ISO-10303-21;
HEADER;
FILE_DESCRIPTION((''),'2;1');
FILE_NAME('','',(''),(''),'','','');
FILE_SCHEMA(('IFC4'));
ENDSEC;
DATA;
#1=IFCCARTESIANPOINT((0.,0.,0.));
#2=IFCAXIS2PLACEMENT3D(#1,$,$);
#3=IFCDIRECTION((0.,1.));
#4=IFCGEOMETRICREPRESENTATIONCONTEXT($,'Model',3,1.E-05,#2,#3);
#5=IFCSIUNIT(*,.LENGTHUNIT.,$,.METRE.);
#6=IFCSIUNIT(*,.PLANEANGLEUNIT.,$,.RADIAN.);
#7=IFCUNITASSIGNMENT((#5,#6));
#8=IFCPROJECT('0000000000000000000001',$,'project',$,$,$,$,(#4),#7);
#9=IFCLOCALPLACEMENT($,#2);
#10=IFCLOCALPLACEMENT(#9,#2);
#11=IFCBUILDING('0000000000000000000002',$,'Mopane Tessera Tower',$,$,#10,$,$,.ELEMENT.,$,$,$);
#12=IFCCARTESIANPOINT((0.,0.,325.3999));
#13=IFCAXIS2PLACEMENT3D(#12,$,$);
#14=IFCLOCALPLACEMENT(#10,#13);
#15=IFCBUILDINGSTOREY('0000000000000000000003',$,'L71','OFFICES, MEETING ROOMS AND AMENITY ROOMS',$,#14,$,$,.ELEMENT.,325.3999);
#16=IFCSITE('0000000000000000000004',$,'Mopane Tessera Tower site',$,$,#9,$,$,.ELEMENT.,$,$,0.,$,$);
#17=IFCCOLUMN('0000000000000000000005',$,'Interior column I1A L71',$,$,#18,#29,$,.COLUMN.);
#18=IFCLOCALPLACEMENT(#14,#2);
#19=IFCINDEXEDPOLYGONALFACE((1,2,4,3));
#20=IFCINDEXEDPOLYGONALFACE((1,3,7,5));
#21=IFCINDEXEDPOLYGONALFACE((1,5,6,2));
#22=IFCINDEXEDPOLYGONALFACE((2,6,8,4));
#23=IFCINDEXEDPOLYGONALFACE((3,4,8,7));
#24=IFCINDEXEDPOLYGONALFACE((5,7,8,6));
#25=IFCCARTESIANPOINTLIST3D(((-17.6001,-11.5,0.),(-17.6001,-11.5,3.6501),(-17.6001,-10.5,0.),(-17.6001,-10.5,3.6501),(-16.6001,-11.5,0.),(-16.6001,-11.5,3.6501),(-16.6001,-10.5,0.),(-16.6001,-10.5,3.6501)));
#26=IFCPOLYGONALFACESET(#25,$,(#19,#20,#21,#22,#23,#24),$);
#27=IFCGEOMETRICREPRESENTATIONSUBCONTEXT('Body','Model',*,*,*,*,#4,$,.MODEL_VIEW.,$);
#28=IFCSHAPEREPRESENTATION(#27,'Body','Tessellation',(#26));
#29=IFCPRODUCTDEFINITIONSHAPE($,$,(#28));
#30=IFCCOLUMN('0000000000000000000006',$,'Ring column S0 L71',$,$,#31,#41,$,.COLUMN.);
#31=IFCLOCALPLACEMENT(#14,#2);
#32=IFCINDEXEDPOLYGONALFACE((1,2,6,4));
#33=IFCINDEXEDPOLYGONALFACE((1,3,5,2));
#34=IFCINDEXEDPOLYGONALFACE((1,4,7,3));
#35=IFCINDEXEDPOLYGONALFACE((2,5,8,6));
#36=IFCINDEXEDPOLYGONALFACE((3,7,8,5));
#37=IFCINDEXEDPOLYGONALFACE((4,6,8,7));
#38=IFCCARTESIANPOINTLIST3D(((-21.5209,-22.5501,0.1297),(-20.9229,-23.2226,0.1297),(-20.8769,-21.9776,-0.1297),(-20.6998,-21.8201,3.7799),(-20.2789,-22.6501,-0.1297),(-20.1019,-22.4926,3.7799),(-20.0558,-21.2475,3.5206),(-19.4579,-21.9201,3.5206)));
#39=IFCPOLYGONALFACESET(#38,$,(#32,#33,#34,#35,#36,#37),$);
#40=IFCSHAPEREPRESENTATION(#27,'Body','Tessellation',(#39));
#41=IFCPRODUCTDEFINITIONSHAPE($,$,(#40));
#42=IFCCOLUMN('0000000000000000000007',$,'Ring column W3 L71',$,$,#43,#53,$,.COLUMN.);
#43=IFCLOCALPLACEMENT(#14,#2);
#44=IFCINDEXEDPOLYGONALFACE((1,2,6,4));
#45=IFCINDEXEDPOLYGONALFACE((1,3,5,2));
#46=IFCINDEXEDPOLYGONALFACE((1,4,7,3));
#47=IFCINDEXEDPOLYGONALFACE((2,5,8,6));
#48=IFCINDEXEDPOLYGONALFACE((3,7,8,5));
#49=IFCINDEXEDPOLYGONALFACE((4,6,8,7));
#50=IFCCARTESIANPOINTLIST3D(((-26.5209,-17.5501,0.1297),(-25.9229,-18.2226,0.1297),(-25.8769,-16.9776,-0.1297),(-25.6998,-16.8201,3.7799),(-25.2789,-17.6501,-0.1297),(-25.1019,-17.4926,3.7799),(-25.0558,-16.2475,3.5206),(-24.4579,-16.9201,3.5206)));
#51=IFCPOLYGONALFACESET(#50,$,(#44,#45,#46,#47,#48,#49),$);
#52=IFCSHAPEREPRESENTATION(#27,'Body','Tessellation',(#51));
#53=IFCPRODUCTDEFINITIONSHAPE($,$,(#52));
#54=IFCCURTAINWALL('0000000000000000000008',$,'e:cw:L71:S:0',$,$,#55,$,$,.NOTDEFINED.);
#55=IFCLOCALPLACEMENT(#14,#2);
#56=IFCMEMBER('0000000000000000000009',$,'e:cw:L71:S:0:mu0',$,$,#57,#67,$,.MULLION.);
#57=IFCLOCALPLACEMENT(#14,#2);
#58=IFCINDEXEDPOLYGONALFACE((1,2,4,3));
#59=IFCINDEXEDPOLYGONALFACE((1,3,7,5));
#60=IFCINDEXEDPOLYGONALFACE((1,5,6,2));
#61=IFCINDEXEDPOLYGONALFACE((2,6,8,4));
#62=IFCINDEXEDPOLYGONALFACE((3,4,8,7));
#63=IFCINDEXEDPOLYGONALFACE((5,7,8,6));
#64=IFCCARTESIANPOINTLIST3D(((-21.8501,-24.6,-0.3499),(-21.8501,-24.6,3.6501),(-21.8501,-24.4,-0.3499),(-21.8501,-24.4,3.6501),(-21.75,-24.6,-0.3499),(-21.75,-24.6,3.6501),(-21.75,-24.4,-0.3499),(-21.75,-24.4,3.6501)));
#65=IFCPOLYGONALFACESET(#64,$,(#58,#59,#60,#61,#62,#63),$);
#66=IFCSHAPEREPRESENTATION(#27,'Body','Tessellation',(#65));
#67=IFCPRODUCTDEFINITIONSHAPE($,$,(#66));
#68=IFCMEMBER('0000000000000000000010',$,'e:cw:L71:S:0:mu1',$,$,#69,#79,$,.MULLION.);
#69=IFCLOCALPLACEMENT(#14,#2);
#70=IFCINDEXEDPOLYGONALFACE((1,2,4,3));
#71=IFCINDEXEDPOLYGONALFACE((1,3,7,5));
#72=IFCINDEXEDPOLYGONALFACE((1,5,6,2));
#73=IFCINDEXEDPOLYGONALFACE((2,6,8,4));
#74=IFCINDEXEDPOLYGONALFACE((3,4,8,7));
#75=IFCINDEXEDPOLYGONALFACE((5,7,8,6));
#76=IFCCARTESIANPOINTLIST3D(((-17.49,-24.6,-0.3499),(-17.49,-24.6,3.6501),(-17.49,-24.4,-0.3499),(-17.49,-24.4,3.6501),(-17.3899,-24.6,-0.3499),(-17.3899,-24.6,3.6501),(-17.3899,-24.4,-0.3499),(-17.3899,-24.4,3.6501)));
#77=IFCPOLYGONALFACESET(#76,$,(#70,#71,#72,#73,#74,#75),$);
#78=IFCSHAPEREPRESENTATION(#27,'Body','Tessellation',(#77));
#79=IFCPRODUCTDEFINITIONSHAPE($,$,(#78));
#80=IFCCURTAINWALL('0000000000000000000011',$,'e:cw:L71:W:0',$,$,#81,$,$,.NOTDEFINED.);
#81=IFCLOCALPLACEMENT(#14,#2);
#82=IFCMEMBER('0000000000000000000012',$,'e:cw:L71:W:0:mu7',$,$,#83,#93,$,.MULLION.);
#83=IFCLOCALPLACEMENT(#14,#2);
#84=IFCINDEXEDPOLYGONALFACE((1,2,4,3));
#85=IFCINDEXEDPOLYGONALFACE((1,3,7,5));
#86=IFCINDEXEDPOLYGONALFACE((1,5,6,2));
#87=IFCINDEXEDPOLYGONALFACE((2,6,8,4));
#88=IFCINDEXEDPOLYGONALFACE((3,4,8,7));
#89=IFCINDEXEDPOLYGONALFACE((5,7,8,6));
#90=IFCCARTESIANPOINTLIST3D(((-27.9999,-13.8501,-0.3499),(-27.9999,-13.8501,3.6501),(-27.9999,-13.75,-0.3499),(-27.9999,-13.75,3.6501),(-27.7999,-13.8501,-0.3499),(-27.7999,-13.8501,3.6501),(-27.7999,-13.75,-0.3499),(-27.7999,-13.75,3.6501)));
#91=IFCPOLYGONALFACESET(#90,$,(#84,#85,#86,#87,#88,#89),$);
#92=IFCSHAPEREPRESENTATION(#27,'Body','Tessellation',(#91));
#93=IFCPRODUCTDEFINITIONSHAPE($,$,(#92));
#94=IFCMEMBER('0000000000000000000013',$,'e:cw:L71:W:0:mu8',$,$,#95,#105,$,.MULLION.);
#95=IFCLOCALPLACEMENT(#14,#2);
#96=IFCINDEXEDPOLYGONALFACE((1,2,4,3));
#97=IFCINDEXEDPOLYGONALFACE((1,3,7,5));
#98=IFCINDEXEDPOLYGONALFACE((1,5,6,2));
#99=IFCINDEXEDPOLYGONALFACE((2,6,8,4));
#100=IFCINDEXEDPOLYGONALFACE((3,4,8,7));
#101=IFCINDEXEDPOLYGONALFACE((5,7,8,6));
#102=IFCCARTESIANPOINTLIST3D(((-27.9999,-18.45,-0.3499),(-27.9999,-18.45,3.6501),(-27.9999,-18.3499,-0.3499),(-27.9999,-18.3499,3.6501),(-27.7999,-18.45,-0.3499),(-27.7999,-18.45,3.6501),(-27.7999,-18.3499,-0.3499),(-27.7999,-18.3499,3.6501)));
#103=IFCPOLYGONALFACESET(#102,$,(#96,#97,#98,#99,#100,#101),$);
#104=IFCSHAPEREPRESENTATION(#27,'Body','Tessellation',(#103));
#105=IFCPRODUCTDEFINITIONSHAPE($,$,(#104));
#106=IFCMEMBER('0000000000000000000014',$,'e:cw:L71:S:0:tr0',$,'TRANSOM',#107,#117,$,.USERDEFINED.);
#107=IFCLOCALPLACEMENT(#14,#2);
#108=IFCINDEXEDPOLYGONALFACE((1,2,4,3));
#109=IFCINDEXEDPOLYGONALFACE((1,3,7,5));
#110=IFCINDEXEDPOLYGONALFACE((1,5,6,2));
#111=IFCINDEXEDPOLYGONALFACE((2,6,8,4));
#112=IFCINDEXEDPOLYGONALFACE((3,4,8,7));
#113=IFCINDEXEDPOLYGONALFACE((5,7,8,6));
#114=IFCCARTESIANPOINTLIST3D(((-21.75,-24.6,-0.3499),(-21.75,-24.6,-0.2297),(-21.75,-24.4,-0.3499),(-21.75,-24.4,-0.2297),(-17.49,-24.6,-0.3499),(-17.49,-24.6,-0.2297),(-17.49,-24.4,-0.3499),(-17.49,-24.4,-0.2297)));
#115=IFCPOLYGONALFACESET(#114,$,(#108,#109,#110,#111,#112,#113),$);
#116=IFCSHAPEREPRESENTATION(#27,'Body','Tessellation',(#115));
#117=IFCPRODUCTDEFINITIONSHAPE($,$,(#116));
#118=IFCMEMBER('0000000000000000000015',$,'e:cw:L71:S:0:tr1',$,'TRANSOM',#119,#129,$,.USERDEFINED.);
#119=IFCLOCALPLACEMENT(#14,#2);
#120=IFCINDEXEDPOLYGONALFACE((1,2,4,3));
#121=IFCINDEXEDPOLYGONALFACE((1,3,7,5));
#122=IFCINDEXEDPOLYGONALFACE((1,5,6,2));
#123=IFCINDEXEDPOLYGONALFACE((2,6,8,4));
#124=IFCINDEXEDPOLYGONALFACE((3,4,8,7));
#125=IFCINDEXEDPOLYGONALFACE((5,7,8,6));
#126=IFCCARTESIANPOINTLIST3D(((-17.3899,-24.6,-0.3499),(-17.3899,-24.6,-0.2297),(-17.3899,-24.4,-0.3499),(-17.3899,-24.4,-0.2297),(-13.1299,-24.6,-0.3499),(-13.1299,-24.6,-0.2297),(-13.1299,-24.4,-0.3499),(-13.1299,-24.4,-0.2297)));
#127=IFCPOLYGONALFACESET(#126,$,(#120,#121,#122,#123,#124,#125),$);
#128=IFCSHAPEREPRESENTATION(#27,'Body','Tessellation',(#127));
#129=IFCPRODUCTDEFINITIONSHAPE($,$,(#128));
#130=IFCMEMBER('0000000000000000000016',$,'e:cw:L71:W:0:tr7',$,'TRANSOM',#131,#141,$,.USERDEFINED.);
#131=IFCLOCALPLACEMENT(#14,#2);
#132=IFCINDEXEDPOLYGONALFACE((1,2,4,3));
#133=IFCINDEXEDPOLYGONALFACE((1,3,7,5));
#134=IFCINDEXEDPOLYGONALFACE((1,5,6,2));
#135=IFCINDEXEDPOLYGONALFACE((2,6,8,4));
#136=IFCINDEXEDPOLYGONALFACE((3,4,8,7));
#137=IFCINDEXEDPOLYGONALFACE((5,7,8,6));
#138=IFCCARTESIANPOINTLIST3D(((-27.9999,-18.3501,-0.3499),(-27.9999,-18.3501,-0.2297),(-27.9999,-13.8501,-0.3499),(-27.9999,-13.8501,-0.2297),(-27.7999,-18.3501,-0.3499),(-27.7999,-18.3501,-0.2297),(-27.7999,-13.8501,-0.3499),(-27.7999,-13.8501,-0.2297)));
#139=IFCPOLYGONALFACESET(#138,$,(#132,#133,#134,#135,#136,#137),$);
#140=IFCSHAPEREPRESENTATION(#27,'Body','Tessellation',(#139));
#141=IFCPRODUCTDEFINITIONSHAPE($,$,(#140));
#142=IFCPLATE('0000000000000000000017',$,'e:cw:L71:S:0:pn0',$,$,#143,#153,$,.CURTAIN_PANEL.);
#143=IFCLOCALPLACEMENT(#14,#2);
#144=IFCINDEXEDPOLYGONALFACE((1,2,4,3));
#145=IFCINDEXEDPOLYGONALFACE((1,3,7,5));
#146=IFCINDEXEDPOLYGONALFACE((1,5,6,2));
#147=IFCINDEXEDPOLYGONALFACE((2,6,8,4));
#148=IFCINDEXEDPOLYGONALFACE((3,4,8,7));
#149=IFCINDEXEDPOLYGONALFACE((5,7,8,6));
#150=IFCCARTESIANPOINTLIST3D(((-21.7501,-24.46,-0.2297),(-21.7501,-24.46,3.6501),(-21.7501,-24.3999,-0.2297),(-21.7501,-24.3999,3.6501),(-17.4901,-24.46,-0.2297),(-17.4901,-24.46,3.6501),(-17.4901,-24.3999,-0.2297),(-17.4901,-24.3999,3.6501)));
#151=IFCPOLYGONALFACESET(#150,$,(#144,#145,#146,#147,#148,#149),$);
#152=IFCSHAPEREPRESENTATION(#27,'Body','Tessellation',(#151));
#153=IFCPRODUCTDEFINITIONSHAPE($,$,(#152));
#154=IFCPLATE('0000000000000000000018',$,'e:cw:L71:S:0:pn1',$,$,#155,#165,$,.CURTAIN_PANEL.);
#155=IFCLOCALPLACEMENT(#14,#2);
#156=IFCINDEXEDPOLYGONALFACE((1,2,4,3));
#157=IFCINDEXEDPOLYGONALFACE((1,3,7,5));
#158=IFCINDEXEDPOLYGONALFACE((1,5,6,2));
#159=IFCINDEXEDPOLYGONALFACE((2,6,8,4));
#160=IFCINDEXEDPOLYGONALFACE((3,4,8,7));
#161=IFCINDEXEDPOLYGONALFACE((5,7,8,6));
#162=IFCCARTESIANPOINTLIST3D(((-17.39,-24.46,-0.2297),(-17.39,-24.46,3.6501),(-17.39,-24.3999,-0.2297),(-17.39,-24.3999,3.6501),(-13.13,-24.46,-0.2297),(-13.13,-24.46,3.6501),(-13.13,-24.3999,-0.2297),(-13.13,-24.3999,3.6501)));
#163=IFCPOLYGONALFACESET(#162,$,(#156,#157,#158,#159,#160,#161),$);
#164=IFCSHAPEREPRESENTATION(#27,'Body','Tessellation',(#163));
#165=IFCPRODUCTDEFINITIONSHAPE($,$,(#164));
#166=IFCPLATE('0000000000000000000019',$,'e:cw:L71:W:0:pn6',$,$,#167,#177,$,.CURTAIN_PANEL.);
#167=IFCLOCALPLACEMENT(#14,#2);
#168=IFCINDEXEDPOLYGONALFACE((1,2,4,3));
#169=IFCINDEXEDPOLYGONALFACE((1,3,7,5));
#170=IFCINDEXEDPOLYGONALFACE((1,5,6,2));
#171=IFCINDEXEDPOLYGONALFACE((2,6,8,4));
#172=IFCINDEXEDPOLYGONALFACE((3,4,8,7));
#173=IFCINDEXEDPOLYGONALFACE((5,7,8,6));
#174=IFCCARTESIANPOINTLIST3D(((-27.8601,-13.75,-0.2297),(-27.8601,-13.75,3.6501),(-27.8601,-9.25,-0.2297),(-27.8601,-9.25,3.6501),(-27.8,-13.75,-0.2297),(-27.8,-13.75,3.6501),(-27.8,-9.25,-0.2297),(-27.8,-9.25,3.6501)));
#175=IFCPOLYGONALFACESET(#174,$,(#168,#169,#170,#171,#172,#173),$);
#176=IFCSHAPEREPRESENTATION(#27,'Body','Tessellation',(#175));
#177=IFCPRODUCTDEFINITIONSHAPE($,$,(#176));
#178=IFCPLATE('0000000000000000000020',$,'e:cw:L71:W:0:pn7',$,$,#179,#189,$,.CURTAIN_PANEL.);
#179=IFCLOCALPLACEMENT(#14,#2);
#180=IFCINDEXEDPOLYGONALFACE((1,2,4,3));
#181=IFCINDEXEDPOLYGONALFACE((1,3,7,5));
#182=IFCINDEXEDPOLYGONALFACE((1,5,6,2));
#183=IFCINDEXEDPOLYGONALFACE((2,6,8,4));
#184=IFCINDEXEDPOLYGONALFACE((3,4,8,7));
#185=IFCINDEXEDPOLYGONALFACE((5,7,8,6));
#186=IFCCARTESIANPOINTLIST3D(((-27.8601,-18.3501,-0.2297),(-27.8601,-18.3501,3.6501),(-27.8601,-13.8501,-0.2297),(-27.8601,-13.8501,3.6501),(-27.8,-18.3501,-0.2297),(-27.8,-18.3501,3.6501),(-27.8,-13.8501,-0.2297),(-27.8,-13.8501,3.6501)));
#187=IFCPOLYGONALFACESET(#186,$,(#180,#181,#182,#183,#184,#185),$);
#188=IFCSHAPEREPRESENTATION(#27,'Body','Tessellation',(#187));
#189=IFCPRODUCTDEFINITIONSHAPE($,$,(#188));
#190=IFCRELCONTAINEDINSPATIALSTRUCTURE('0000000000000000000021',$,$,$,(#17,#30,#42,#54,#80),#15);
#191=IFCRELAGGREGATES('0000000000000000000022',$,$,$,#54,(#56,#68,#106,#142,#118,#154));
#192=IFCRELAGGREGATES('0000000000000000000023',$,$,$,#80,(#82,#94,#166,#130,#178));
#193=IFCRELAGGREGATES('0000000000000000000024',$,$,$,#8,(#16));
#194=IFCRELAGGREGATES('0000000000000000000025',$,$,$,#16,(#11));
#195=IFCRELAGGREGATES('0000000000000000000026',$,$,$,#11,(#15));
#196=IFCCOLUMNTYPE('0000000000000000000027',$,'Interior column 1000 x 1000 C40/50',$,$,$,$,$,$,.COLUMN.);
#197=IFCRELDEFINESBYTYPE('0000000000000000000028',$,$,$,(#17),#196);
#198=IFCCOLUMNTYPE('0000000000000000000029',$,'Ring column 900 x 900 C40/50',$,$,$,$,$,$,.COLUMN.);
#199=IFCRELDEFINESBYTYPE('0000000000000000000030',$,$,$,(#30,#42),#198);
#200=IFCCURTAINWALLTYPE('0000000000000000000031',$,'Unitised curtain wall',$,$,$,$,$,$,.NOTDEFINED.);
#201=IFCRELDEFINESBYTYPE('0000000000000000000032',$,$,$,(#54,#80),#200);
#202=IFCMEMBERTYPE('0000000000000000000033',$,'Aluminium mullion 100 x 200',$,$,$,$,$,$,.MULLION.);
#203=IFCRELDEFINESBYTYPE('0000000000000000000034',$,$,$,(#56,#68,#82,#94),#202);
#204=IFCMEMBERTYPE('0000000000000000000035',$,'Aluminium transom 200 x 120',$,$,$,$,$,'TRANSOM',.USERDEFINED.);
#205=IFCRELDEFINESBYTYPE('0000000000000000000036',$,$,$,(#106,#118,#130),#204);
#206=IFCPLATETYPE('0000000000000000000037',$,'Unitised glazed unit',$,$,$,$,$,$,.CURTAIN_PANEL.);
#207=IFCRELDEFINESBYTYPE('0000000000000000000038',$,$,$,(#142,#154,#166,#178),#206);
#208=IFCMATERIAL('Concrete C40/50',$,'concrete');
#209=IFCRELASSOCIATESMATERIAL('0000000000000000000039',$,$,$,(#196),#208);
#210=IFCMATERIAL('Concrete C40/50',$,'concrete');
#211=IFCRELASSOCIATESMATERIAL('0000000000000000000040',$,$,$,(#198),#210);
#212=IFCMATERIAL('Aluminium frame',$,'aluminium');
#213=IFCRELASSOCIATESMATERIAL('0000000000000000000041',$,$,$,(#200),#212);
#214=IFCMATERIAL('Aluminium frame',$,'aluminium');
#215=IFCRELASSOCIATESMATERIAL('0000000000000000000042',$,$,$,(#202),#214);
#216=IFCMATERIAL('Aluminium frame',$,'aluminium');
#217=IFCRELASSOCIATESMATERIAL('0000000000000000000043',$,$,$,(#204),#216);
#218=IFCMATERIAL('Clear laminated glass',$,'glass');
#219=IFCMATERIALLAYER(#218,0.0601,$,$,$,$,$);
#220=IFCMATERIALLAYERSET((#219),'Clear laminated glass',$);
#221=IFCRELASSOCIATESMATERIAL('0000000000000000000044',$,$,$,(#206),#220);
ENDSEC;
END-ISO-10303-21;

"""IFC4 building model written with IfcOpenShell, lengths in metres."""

from ifc_helpers import new_model, si_unit, direction, frame, origin, origin_2d, place, context, subcontext, project, spatial, rectangle, extrude, material, layer, layer_set, material_profile, profile_set, type_object, element, aggregate, save


model = new_model("IFC4")

# Units and contexts
model_context = context("Model", 3, precision=1e-05, world=origin(), true_north=direction((0.0, 1.0)))
body_context = subcontext(model_context, "Body", "Model", "MODEL_VIEW")
ifc_project = project(units=[si_unit("LENGTHUNIT", "METRE"), si_unit("PLANEANGLEUNIT", "RADIAN")], contexts=[model_context])

# Site, building, storey
site_placement = place(None, origin())
site = spatial("IfcSite", under=ifc_project, at=site_placement, Name="Mopane Tessera Tower site", CompositionType="ELEMENT", RefElevation=0.0)
building_placement = place(site_placement, origin())
building = spatial("IfcBuilding", under=site, at=building_placement, Name="Mopane Tessera Tower", CompositionType="ELEMENT")
storey_placement = place(building_placement, frame((0.0, 0.0, 325.3999)))
storey = spatial("IfcBuildingStorey", under=building, at=storey_placement, Name="L71", Description="OFFICES, MEETING ROOMS AND AMENITY ROOMS", CompositionType="ELEMENT", Elevation=325.3999)

# Columns
ifc_material_1 = material(Name="Concrete C40/50", Category="concrete")
ifc_material_profile_1 = material_profile(ifc_material_1, rectangle(XDim=1.0, YDim=1.0, at=origin_2d()))
ifc_profile_set_1 = profile_set([ifc_material_profile_1], Name="Concrete C40/50")
column_type_1 = type_object("IfcColumnType", Name="Interior column 1000 x 1000 C40/50", PredefinedType="COLUMN", material=ifc_profile_set_1)
column_placement = place(storey_placement, frame((-17.1001, -11.0, 0.0), z_axis=(0.0, 0.0, 1.0), x_axis=(1.0, 0.0, 0.0)))
element("IfcColumn", 1, at=column_placement, inside=storey, type_object=column_type_1, Name="Interior column I1A L71", PredefinedType="COLUMN", context=body_context, shape_type="SweptSolid", body=[
    extrude(rectangle(XDim=1.0, YDim=1.0, at=origin_2d()), origin(), (0.0, 0.0, 1.0), 3.6501),
])
ifc_material_2 = material(Name="Concrete C40/50", Category="concrete")
ifc_material_profile_2 = material_profile(ifc_material_2, rectangle(XDim=0.8999, YDim=0.8999, at=origin_2d()))
ifc_profile_set_2 = profile_set([ifc_material_profile_2], Name="Concrete C40/50")
column_type_2 = type_object("IfcColumnType", Name="Ring column 900 x 900 C40/50", PredefinedType="COLUMN", material=ifc_profile_set_2)
for number, where, z_axis, x_axis, name in (
    (2, (-20.8999, -22.6001, 0.0), (0.21539, 0.191501, 0.957567), (-0.664447, 0.747336, 0.0), "Ring column S0 L71"),
    (3, (-25.8999, -17.6001, 0.0), (0.21539, 0.191501, 0.957567), (-0.664447, 0.747336, 0.0), "Ring column W3 L71"),
):
    element("IfcColumn", number, at=place(storey_placement, frame(where, z_axis=z_axis, x_axis=x_axis)), inside=storey, type_object=column_type_2, Name=name, PredefinedType="COLUMN", context=body_context, shape_type="SweptSolid", body=[
        extrude(rectangle(XDim=0.8999, YDim=0.8999, at=origin_2d()), origin(), (0.0, 0.0, 1.0), 3.812),
    ])

# Curtain walls, members
ifc_material_3 = material(Name="Aluminium frame", Category="aluminium")
curtain_wall_type = type_object("IfcCurtainWallType", Name="Unitised curtain wall", PredefinedType="NOTDEFINED", material=ifc_material_3)
curtain_wall_1_placement = place(storey_placement, origin())
curtain_wall_1 = element("IfcCurtainWall", 4, at=curtain_wall_1_placement, inside=storey, type_object=curtain_wall_type, Name="e:cw:L71:S:0", PredefinedType="NOTDEFINED")
ifc_material_4 = material(Name="Aluminium frame", Category="aluminium")
ifc_material_profile_3 = material_profile(ifc_material_4, rectangle(XDim=0.1001, YDim=0.2, at=origin_2d()))
ifc_profile_set_3 = profile_set([ifc_material_profile_3], Name="Aluminium frame")
member_type_1 = type_object("IfcMemberType", Name="Aluminium mullion 100 x 200", PredefinedType="MULLION", material=ifc_profile_set_3)
member_1_placement = place(storey_placement, frame((-21.8, -24.5, -0.3499), z_axis=(0.0, 0.0, 1.0), x_axis=(1.0, 0.0, 0.0)))
member_1 = element("IfcMember", 5, at=member_1_placement, type_object=member_type_1, Name="e:cw:L71:S:0:mu0", PredefinedType="MULLION", context=body_context, shape_type="SweptSolid", body=[
    extrude(rectangle(XDim=0.1001, YDim=0.2, at=origin_2d()), origin(), (0.0, 0.0, 1.0), 4.0),
])
member_2_placement = place(storey_placement, frame((-17.4399, -24.5, -0.3499), z_axis=(0.0, 0.0, 1.0), x_axis=(1.0, 0.0, 0.0)))
member_2 = element("IfcMember", 6, at=member_2_placement, type_object=member_type_1, Name="e:cw:L71:S:0:mu1", PredefinedType="MULLION", context=body_context, shape_type="SweptSolid", body=[
    extrude(rectangle(XDim=0.1001, YDim=0.2, at=origin_2d()), origin(), (0.0, 0.0, 1.0), 4.0),
])
curtain_wall_2_placement = place(storey_placement, origin())
curtain_wall_2 = element("IfcCurtainWall", 7, at=curtain_wall_2_placement, inside=storey, type_object=curtain_wall_type, Name="e:cw:L71:W:0", PredefinedType="NOTDEFINED")
member_3_placement = place(storey_placement, frame((-27.8999, -13.8, -0.3499), z_axis=(0.0, 0.0, 1.0), x_axis=(0.0, -1.0, 0.0)))
member_3 = element("IfcMember", 8, at=member_3_placement, type_object=member_type_1, Name="e:cw:L71:W:0:mu7", PredefinedType="MULLION", context=body_context, shape_type="SweptSolid", body=[
    extrude(rectangle(XDim=0.1001, YDim=0.2, at=origin_2d()), origin(), (0.0, 0.0, 1.0), 4.0),
])
member_4_placement = place(storey_placement, frame((-27.8999, -18.3999, -0.3499), z_axis=(0.0, 0.0, 1.0), x_axis=(0.0, -1.0, 0.0)))
member_4 = element("IfcMember", 9, at=member_4_placement, type_object=member_type_1, Name="e:cw:L71:W:0:mu8", PredefinedType="MULLION", context=body_context, shape_type="SweptSolid", body=[
    extrude(rectangle(XDim=0.1001, YDim=0.2, at=origin_2d()), origin(), (0.0, 0.0, 1.0), 4.0),
])

# Members
ifc_material_5 = material(Name="Aluminium frame", Category="aluminium")
ifc_material_profile_4 = material_profile(ifc_material_5, rectangle(XDim=0.2, YDim=0.1201, at=origin_2d()))
ifc_profile_set_4 = profile_set([ifc_material_profile_4], Name="Aluminium frame")
member_type_2 = type_object("IfcMemberType", Name="Aluminium transom 200 x 120", ElementType="TRANSOM", PredefinedType="USERDEFINED", material=ifc_profile_set_4)
member_5_placement = place(storey_placement, frame((-21.75, -24.5, -0.2898), z_axis=(1.0, 0.0, 0.0), x_axis=(0.0, 1.0, 0.0)))
member_5 = element("IfcMember", 10, at=member_5_placement, type_object=member_type_2, Name="e:cw:L71:S:0:tr0", ObjectType="TRANSOM", PredefinedType="USERDEFINED", context=body_context, shape_type="SweptSolid", body=[
    extrude(rectangle(XDim=0.2, YDim=0.1201, at=origin_2d()), origin(), (0.0, 0.0, 1.0), 4.26),
])
member_6_placement = place(storey_placement, frame((-17.3899, -24.5, -0.2898), z_axis=(1.0, 0.0, 0.0), x_axis=(0.0, 1.0, 0.0)))
member_6 = element("IfcMember", 11, at=member_6_placement, type_object=member_type_2, Name="e:cw:L71:S:0:tr1", ObjectType="TRANSOM", PredefinedType="USERDEFINED", context=body_context, shape_type="SweptSolid", body=[
    extrude(rectangle(XDim=0.2, YDim=0.1201, at=origin_2d()), origin(), (0.0, 0.0, 1.0), 4.26),
])
member_7_placement = place(storey_placement, frame((-27.8999, -13.8501, -0.2898), z_axis=(0.0, -1.0, 0.0), x_axis=(1.0, 0.0, 0.0)))
member_7 = element("IfcMember", 12, at=member_7_placement, type_object=member_type_2, Name="e:cw:L71:W:0:tr7", ObjectType="TRANSOM", PredefinedType="USERDEFINED", context=body_context, shape_type="SweptSolid", body=[
    extrude(rectangle(XDim=0.2, YDim=0.1201, at=origin_2d()), origin(), (0.0, 0.0, 1.0), 4.5),
])

# Plates
ifc_material_6 = material(Name="Clear laminated glass", Category="glass")
ifc_layer = layer(ifc_material_6, 0.0601)
ifc_layer_set = layer_set([ifc_layer], Name="Clear laminated glass")
plate_type = type_object("IfcPlateType", Name="Unitised glazed unit", PredefinedType="CURTAIN_PANEL", material=ifc_layer_set)
plate_1_placement = place(storey_placement, frame((-19.6201, -24.4299, -0.2297), z_axis=(0.0, 0.0, 1.0), x_axis=(1.0, 0.0, 0.0)))
plate_1 = element("IfcPlate", 13, at=plate_1_placement, type_object=plate_type, Name="e:cw:L71:S:0:pn0", PredefinedType="CURTAIN_PANEL", context=body_context, shape_type="SweptSolid", body=[
    extrude(rectangle(XDim=4.26, YDim=0.0601, at=origin_2d()), origin(), (0.0, 0.0, 1.0), 3.8799),
])
plate_2_placement = place(storey_placement, frame((-15.26, -24.4299, -0.2297), z_axis=(0.0, 0.0, 1.0), x_axis=(1.0, 0.0, 0.0)))
plate_2 = element("IfcPlate", 14, at=plate_2_placement, type_object=plate_type, Name="e:cw:L71:S:0:pn1", PredefinedType="CURTAIN_PANEL", context=body_context, shape_type="SweptSolid", body=[
    extrude(rectangle(XDim=4.26, YDim=0.0601, at=origin_2d()), origin(), (0.0, 0.0, 1.0), 3.8799),
])
aggregate(curtain_wall_1, [member_1, member_2, member_5, plate_1, member_6, plate_2])
plate_3_placement = place(storey_placement, frame((-27.8301, -11.5, -0.2297), z_axis=(0.0, 0.0, 1.0), x_axis=(0.0, -1.0, 0.0)))
plate_3 = element("IfcPlate", 15, at=plate_3_placement, type_object=plate_type, Name="e:cw:L71:W:0:pn6", PredefinedType="CURTAIN_PANEL", context=body_context, shape_type="SweptSolid", body=[
    extrude(rectangle(XDim=4.5, YDim=0.0601, at=origin_2d()), origin(), (0.0, 0.0, 1.0), 3.8799),
])
plate_4_placement = place(storey_placement, frame((-27.8301, -16.1001, -0.2297), z_axis=(0.0, 0.0, 1.0), x_axis=(0.0, -1.0, 0.0)))
plate_4 = element("IfcPlate", 16, at=plate_4_placement, type_object=plate_type, Name="e:cw:L71:W:0:pn7", PredefinedType="CURTAIN_PANEL", context=body_context, shape_type="SweptSolid", body=[
    extrude(rectangle(XDim=4.5, YDim=0.0601, at=origin_2d()), origin(), (0.0, 0.0, 1.0), 3.8799),
])
aggregate(curtain_wall_2, [member_3, member_4, plate_3, member_7, plate_4])

save(model, "model.ifc")
